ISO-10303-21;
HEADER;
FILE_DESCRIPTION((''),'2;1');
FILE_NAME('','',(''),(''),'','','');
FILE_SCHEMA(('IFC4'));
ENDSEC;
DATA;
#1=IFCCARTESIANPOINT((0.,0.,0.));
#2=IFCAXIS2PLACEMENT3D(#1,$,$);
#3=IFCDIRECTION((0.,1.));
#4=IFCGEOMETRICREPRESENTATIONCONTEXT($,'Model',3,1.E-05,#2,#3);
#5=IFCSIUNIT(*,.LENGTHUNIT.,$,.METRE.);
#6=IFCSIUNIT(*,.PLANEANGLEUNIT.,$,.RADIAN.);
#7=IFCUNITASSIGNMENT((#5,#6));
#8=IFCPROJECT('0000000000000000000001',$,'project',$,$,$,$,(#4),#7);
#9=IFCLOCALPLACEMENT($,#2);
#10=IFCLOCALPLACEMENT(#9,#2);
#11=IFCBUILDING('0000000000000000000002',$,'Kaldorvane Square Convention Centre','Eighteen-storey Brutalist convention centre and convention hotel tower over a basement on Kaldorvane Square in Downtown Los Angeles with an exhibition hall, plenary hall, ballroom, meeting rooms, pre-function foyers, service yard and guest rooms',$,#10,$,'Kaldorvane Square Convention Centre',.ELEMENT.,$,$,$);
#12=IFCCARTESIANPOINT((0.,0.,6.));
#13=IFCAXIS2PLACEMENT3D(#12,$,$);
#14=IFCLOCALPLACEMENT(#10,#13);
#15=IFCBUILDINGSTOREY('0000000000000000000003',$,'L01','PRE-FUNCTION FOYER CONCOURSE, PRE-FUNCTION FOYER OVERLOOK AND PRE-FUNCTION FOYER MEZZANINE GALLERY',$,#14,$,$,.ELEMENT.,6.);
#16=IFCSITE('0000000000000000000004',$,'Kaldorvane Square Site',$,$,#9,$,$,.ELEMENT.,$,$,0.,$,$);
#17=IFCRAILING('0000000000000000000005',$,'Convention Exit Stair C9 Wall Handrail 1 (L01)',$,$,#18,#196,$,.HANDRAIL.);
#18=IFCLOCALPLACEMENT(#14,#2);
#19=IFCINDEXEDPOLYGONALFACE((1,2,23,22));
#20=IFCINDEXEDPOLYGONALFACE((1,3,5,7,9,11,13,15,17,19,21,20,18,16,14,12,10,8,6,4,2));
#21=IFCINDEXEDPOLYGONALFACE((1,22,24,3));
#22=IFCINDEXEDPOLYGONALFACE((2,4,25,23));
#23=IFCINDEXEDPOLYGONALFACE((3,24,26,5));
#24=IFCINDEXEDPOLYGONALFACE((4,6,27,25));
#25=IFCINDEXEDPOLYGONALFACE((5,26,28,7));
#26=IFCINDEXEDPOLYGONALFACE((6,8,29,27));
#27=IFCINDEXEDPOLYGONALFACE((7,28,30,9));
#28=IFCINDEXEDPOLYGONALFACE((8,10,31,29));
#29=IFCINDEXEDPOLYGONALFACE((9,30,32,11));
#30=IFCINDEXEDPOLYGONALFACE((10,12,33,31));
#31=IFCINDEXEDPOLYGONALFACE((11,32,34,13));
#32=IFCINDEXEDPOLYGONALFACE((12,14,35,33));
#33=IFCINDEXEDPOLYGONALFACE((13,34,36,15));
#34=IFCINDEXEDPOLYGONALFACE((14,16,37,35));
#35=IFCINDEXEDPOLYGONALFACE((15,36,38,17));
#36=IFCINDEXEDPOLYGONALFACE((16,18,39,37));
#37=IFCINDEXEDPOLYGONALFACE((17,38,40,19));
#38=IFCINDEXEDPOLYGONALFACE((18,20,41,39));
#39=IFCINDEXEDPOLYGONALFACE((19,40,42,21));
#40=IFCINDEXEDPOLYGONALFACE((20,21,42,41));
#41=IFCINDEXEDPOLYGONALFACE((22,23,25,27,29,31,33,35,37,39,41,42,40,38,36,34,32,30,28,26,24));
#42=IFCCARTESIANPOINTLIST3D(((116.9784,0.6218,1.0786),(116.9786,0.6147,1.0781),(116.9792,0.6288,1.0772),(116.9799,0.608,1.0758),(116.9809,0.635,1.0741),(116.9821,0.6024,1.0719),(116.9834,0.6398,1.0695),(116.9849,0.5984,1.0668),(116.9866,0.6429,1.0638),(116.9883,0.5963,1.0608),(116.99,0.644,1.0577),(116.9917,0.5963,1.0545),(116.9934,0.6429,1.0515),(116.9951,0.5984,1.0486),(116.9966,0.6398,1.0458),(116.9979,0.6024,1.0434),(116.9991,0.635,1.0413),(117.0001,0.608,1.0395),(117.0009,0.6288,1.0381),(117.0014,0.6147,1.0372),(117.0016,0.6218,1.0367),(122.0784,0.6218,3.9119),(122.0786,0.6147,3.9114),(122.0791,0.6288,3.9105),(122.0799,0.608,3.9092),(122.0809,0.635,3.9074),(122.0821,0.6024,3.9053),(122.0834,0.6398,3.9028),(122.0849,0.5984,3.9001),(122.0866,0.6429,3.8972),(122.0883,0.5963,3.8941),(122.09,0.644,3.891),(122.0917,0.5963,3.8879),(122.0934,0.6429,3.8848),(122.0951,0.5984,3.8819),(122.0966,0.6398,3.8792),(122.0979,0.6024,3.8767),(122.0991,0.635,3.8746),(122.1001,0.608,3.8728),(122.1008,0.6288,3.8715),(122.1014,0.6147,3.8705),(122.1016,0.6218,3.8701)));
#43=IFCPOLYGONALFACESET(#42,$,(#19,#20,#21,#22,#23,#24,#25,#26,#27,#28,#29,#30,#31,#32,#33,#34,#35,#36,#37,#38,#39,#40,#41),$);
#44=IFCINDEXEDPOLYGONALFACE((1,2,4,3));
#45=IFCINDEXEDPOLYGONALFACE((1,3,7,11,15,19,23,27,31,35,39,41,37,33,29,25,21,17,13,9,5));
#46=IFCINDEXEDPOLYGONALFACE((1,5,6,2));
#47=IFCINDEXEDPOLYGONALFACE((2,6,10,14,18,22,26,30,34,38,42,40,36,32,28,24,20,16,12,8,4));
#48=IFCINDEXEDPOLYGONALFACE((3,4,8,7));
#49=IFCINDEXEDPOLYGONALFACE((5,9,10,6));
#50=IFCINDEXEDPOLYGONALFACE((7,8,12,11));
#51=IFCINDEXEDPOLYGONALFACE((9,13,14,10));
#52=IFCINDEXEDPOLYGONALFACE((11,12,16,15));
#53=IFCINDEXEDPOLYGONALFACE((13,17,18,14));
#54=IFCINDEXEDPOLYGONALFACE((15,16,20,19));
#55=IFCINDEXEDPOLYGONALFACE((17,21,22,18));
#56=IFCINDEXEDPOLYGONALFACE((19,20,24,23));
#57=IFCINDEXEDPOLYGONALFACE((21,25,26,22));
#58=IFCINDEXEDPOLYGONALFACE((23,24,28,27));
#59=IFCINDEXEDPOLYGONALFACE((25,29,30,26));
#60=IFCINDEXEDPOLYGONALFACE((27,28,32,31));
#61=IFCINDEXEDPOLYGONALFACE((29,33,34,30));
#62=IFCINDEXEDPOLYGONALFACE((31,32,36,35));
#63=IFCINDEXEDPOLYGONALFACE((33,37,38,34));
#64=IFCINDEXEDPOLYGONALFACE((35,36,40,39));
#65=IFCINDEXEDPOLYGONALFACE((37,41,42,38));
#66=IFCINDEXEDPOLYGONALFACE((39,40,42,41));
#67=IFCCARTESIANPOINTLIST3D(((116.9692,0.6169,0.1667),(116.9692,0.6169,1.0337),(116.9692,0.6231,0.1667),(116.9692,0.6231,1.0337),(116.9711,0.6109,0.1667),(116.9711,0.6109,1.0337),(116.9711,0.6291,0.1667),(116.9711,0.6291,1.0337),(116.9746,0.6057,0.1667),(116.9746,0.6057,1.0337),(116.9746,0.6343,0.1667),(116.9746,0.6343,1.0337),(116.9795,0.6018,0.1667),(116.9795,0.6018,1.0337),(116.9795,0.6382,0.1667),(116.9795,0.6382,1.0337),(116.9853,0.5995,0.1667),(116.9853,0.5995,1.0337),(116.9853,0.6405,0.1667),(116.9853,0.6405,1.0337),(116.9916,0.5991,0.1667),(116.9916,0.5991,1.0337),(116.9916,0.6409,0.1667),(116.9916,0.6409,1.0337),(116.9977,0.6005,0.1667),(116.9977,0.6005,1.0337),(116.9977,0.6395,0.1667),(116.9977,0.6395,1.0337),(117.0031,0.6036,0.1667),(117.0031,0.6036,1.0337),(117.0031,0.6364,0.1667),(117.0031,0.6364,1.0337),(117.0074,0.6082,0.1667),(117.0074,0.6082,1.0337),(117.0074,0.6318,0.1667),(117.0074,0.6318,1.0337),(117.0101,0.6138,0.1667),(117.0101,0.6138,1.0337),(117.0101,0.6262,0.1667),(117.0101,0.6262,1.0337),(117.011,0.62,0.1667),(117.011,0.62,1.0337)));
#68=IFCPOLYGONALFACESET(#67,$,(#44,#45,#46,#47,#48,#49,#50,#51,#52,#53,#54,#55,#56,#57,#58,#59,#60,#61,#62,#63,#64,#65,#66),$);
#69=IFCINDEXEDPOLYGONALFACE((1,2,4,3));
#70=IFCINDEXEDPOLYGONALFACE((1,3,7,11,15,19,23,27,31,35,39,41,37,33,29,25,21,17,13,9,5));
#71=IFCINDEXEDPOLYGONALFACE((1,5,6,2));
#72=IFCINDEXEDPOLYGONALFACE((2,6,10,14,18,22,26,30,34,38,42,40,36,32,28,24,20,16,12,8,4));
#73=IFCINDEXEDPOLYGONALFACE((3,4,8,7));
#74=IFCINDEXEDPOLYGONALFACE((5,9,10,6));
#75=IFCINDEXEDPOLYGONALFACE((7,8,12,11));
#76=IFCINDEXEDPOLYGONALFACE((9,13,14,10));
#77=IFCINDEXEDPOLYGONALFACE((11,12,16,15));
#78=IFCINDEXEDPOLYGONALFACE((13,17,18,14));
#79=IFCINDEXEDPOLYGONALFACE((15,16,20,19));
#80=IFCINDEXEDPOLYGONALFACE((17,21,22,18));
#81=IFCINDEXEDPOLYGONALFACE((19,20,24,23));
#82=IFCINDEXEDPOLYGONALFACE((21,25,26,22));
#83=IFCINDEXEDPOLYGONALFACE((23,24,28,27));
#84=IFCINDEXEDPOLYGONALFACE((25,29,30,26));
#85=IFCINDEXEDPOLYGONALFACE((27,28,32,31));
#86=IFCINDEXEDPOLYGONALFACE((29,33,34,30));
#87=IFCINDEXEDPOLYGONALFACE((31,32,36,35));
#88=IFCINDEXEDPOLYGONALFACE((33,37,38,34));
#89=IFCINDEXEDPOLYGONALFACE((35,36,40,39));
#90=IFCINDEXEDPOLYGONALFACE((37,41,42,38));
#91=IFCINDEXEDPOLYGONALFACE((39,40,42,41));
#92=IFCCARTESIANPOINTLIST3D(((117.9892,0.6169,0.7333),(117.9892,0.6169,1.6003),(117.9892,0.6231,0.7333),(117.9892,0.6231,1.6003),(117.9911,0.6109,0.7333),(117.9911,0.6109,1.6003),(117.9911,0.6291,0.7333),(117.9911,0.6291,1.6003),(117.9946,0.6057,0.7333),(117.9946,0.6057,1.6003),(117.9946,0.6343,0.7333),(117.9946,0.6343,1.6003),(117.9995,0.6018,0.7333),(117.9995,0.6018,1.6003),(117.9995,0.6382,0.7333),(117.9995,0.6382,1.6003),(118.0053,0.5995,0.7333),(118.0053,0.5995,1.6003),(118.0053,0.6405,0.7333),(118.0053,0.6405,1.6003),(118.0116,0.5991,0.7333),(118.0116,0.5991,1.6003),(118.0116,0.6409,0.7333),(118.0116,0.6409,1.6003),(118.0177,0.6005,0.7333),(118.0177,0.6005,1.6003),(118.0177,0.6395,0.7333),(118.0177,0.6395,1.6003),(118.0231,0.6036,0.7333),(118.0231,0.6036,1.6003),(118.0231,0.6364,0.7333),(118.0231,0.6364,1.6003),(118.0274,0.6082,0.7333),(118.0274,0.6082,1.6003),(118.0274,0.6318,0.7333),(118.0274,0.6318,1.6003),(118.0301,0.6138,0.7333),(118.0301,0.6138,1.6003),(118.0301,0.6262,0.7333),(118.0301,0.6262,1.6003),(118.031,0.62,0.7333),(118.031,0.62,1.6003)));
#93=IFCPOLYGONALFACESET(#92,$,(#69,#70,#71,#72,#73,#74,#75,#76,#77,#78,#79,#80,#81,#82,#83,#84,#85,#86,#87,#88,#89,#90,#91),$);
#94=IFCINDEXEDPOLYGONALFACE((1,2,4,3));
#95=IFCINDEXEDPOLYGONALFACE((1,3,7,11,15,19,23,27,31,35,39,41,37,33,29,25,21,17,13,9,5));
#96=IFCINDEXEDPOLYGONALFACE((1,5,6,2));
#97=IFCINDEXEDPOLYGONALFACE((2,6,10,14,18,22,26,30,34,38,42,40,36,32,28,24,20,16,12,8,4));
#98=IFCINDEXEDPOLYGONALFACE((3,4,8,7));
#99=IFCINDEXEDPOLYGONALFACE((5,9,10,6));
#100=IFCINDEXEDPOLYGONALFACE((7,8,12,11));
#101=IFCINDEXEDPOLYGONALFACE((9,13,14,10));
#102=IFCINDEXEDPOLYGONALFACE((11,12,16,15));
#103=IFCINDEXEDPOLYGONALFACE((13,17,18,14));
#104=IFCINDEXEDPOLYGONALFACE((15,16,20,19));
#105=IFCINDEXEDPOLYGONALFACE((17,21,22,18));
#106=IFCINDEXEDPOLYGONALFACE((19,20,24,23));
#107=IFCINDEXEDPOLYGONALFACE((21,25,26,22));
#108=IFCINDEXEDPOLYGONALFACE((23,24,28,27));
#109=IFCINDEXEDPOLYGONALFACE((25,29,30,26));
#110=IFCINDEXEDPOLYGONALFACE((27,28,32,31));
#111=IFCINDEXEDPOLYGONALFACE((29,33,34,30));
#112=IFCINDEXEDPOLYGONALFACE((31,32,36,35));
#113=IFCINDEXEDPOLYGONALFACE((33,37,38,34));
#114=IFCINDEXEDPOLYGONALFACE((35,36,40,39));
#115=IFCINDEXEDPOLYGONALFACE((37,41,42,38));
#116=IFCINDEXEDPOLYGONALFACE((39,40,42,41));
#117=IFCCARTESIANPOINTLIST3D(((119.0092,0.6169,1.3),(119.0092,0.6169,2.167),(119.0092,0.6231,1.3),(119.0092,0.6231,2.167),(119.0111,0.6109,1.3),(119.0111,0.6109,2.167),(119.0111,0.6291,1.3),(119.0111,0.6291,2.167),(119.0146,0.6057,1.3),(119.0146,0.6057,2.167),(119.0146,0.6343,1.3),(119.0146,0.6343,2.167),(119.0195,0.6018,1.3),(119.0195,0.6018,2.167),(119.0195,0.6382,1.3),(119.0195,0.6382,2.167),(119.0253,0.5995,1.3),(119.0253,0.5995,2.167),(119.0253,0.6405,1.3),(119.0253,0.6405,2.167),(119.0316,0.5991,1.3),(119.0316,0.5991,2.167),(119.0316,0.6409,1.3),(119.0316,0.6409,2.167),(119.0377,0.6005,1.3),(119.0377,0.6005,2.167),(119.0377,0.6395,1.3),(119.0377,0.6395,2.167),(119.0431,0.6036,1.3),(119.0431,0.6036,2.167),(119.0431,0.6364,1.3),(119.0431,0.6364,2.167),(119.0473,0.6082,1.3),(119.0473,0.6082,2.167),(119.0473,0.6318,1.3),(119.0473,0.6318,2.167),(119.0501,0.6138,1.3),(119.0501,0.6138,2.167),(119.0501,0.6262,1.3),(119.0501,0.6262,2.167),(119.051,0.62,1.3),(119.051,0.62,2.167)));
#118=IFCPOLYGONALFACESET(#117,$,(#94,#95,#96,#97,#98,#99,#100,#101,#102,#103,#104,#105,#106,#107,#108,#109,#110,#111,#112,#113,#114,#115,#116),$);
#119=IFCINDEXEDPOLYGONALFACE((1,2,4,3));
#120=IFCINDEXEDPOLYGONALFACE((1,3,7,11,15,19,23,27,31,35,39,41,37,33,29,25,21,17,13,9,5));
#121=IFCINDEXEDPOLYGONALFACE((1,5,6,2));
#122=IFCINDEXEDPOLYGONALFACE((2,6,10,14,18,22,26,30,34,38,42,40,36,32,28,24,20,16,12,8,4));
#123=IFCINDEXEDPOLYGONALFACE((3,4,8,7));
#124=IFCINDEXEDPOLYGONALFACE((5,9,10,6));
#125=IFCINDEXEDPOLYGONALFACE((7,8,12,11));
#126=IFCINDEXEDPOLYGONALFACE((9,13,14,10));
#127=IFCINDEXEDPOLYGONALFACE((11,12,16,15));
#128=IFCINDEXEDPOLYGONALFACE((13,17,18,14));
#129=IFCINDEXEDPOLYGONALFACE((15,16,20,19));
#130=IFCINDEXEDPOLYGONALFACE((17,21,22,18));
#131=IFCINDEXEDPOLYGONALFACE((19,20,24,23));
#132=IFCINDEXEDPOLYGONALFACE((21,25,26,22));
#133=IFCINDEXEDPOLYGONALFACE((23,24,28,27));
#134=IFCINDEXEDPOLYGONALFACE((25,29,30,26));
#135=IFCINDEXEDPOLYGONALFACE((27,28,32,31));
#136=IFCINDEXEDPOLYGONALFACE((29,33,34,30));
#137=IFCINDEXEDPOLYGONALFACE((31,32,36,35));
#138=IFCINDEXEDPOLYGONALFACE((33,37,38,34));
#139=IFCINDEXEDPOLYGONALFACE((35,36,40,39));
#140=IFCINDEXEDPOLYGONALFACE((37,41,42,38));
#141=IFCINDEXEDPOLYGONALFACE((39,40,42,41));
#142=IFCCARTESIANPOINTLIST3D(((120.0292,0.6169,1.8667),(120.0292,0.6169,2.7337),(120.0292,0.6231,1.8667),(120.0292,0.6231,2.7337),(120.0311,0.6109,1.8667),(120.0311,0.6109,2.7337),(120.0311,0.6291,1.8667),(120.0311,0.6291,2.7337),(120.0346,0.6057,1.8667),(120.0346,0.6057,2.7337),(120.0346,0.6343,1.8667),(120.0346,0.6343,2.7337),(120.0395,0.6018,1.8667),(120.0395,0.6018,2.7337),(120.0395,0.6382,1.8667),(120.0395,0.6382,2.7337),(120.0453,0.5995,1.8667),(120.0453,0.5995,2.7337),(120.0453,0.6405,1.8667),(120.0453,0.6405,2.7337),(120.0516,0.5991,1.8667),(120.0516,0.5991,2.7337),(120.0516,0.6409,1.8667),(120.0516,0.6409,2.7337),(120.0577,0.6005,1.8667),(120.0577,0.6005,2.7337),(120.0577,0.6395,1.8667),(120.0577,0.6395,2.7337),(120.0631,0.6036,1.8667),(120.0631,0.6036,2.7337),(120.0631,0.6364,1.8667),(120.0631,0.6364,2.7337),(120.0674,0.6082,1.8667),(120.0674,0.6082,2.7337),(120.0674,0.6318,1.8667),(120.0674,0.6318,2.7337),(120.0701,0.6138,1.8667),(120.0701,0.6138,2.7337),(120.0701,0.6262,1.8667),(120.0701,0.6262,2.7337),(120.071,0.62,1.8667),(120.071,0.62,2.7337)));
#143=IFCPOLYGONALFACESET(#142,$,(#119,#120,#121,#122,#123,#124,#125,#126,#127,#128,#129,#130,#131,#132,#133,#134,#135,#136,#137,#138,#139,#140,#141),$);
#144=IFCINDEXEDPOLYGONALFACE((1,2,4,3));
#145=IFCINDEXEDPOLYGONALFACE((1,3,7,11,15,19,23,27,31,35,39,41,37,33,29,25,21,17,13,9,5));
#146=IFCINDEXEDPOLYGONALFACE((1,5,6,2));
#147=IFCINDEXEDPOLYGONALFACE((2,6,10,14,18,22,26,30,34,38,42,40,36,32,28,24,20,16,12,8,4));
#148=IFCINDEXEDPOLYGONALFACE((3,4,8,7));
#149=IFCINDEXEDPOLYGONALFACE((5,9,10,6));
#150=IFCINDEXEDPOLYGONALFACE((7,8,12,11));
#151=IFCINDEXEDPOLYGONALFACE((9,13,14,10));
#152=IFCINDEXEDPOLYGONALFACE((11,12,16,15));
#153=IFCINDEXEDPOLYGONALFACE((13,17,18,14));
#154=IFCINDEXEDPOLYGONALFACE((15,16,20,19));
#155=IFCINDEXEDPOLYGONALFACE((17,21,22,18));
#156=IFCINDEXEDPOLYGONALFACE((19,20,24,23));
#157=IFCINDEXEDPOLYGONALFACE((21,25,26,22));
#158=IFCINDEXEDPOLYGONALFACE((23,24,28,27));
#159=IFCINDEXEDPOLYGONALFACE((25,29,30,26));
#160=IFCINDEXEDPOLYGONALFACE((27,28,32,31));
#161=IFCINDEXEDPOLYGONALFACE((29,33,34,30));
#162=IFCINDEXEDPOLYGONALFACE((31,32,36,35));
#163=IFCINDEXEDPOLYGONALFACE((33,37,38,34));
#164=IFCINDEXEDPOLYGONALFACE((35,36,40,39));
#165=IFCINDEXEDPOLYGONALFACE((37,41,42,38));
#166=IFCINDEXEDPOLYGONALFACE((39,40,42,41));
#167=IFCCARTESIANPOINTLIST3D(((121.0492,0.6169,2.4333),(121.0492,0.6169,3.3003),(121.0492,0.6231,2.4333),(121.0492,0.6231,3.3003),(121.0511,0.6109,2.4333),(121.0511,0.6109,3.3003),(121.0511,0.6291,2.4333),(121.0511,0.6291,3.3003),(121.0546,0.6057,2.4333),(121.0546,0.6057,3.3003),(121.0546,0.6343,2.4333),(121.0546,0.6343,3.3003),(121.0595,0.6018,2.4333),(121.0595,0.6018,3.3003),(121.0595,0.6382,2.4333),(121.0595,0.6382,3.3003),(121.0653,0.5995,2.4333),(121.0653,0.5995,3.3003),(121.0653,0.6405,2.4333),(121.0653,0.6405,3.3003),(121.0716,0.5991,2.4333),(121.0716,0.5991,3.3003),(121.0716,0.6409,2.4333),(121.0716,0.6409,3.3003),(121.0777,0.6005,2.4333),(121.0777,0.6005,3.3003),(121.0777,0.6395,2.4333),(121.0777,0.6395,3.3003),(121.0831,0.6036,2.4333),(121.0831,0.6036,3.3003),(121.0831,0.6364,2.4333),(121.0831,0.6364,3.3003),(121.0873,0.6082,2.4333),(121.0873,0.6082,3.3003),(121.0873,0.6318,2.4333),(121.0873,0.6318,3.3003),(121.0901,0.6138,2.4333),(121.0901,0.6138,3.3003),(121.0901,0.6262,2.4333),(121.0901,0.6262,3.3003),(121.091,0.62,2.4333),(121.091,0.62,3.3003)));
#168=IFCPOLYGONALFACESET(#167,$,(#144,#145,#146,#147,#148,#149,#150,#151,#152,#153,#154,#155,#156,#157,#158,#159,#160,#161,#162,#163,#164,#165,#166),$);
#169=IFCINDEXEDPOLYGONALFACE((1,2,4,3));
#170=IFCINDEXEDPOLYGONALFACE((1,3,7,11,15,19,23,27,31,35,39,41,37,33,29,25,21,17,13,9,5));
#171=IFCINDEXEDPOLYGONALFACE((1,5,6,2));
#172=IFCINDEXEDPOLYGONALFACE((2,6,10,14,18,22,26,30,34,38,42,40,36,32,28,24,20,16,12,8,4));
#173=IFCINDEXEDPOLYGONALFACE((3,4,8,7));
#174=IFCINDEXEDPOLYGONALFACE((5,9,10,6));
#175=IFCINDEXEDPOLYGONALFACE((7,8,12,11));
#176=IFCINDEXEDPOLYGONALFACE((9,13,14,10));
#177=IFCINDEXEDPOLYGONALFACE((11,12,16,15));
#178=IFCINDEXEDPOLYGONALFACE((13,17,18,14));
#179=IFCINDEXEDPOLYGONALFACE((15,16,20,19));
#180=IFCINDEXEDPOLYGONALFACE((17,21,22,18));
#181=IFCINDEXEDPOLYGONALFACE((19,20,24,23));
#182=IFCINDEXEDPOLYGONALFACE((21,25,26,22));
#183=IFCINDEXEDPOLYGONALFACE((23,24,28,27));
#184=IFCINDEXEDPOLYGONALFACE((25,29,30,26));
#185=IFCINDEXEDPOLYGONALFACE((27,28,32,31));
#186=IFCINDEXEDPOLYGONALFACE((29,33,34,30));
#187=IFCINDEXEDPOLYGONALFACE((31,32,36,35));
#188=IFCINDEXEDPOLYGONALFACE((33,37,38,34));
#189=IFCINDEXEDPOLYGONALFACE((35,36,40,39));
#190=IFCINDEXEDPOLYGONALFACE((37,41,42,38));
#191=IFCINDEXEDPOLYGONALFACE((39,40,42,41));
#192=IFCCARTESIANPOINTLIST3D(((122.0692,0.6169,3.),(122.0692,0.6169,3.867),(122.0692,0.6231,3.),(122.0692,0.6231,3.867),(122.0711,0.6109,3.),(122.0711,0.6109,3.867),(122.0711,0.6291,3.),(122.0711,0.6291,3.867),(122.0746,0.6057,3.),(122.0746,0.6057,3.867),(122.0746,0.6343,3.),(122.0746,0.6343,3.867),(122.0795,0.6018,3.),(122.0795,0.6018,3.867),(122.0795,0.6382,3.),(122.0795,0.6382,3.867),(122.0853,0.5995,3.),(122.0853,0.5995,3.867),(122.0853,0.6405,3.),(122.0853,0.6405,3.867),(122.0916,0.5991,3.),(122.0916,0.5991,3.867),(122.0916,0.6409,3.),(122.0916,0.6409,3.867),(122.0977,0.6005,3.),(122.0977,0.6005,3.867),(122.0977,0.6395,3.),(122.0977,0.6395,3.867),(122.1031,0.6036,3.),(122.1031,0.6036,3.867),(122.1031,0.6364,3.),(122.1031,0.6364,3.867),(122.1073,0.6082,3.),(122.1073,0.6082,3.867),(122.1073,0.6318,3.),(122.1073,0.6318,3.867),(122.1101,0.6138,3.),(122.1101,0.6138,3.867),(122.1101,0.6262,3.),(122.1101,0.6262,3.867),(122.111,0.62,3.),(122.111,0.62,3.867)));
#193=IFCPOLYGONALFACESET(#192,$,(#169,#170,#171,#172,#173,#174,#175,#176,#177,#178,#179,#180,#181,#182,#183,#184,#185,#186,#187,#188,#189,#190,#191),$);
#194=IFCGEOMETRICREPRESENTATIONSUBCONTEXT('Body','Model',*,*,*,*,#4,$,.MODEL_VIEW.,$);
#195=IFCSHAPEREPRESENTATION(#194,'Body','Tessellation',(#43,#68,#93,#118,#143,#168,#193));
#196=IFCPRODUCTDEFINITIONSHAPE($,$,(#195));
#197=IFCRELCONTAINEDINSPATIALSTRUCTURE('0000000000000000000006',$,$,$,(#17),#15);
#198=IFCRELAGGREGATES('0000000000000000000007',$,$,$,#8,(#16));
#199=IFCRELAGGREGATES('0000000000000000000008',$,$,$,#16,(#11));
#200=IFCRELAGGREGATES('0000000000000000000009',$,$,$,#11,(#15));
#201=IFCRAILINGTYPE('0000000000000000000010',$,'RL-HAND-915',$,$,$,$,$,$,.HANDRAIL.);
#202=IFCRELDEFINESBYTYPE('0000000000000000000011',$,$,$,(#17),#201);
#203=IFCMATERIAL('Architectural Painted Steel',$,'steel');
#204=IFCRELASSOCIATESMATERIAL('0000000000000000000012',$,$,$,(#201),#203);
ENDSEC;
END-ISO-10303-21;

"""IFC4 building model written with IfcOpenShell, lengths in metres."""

from ifc_helpers import new_model, si_unit, direction, frame, origin, origin_2d, place, context, subcontext, project, spatial, circle, extrude, material, type_object, element, save


model = new_model("IFC4")

# Units and contexts
model_context = context("Model", 3, precision=1e-05, world=origin(), true_north=direction((0.0, 1.0)))
body_context = subcontext(model_context, "Body", "Model", "MODEL_VIEW")
ifc_project = project(units=[si_unit("LENGTHUNIT", "METRE"), si_unit("PLANEANGLEUNIT", "RADIAN")], contexts=[model_context])

# Site, building, storey
site_placement = place(None, origin())
site = spatial("IfcSite", under=ifc_project, at=site_placement, Name="Kaldorvane Square Site", CompositionType="ELEMENT", RefElevation=0.0)
building_placement = place(site_placement, origin())
building = spatial("IfcBuilding", under=site, at=building_placement, Name="Kaldorvane Square Convention Centre", Description="Eighteen-storey Brutalist convention centre and convention hotel tower over a basement on Kaldorvane Square in Downtown Los Angeles with an exhibition hall, plenary hall, ballroom, meeting rooms, pre-function foyers, service yard and guest rooms", LongName="Kaldorvane Square Convention Centre", CompositionType="ELEMENT")
storey_placement = place(building_placement, frame((0.0, 0.0, 6.0)))
storey = spatial("IfcBuildingStorey", under=building, at=storey_placement, Name="L01", Description="PRE-FUNCTION FOYER CONCOURSE, PRE-FUNCTION FOYER OVERLOOK AND PRE-FUNCTION FOYER MEZZANINE GALLERY", CompositionType="ELEMENT", Elevation=6.0)

# Railing
ifc_material_1 = material(Name="Architectural Painted Steel", Category="steel")
railing_type_1 = type_object("IfcRailingType", Name="RL-HAND-915", PredefinedType="HANDRAIL", material=ifc_material_1)
railing_1_placement = place(storey_placement, frame((116.99, 0.62, 0.1667)))
element("IfcRailing", 1, at=railing_1_placement, inside=storey, type_object=railing_type_1, Name="Convention Exit Stair C9 Wall Handrail 1 (L01)", PredefinedType="HANDRAIL", context=body_context, shape_type="SweptSolid", body=[
    extrude(circle(Radius=0.024, at=origin_2d()), frame((0.0, 0.0, 0.891), z_axis=(0.874157, 0.0, 0.485643), x_axis=(0.0, 1.0, 0.0)), (0.0, 0.0, 1.0), 5.8342),
    extrude(circle(Radius=0.021, at=origin_2d()), origin(), (0.0, 0.0, 1.0), 0.867),
    extrude(circle(Radius=0.021, at=origin_2d()), frame((1.02, 0.0, 0.5667)), (0.0, 0.0, 1.0), 0.867),
    extrude(circle(Radius=0.021, at=origin_2d()), frame((2.04, 0.0, 1.1333)), (0.0, 0.0, 1.0), 0.867),
    extrude(circle(Radius=0.021, at=origin_2d()), frame((3.06, 0.0, 1.7)), (0.0, 0.0, 1.0), 0.867),
    extrude(circle(Radius=0.021, at=origin_2d()), frame((4.08, 0.0, 2.2667)), (0.0, 0.0, 1.0), 0.867),
    extrude(circle(Radius=0.021, at=origin_2d()), frame((5.1, 0.0, 2.8333)), (0.0, 0.0, 1.0), 0.867),
])

save(model, "model.ifc")
